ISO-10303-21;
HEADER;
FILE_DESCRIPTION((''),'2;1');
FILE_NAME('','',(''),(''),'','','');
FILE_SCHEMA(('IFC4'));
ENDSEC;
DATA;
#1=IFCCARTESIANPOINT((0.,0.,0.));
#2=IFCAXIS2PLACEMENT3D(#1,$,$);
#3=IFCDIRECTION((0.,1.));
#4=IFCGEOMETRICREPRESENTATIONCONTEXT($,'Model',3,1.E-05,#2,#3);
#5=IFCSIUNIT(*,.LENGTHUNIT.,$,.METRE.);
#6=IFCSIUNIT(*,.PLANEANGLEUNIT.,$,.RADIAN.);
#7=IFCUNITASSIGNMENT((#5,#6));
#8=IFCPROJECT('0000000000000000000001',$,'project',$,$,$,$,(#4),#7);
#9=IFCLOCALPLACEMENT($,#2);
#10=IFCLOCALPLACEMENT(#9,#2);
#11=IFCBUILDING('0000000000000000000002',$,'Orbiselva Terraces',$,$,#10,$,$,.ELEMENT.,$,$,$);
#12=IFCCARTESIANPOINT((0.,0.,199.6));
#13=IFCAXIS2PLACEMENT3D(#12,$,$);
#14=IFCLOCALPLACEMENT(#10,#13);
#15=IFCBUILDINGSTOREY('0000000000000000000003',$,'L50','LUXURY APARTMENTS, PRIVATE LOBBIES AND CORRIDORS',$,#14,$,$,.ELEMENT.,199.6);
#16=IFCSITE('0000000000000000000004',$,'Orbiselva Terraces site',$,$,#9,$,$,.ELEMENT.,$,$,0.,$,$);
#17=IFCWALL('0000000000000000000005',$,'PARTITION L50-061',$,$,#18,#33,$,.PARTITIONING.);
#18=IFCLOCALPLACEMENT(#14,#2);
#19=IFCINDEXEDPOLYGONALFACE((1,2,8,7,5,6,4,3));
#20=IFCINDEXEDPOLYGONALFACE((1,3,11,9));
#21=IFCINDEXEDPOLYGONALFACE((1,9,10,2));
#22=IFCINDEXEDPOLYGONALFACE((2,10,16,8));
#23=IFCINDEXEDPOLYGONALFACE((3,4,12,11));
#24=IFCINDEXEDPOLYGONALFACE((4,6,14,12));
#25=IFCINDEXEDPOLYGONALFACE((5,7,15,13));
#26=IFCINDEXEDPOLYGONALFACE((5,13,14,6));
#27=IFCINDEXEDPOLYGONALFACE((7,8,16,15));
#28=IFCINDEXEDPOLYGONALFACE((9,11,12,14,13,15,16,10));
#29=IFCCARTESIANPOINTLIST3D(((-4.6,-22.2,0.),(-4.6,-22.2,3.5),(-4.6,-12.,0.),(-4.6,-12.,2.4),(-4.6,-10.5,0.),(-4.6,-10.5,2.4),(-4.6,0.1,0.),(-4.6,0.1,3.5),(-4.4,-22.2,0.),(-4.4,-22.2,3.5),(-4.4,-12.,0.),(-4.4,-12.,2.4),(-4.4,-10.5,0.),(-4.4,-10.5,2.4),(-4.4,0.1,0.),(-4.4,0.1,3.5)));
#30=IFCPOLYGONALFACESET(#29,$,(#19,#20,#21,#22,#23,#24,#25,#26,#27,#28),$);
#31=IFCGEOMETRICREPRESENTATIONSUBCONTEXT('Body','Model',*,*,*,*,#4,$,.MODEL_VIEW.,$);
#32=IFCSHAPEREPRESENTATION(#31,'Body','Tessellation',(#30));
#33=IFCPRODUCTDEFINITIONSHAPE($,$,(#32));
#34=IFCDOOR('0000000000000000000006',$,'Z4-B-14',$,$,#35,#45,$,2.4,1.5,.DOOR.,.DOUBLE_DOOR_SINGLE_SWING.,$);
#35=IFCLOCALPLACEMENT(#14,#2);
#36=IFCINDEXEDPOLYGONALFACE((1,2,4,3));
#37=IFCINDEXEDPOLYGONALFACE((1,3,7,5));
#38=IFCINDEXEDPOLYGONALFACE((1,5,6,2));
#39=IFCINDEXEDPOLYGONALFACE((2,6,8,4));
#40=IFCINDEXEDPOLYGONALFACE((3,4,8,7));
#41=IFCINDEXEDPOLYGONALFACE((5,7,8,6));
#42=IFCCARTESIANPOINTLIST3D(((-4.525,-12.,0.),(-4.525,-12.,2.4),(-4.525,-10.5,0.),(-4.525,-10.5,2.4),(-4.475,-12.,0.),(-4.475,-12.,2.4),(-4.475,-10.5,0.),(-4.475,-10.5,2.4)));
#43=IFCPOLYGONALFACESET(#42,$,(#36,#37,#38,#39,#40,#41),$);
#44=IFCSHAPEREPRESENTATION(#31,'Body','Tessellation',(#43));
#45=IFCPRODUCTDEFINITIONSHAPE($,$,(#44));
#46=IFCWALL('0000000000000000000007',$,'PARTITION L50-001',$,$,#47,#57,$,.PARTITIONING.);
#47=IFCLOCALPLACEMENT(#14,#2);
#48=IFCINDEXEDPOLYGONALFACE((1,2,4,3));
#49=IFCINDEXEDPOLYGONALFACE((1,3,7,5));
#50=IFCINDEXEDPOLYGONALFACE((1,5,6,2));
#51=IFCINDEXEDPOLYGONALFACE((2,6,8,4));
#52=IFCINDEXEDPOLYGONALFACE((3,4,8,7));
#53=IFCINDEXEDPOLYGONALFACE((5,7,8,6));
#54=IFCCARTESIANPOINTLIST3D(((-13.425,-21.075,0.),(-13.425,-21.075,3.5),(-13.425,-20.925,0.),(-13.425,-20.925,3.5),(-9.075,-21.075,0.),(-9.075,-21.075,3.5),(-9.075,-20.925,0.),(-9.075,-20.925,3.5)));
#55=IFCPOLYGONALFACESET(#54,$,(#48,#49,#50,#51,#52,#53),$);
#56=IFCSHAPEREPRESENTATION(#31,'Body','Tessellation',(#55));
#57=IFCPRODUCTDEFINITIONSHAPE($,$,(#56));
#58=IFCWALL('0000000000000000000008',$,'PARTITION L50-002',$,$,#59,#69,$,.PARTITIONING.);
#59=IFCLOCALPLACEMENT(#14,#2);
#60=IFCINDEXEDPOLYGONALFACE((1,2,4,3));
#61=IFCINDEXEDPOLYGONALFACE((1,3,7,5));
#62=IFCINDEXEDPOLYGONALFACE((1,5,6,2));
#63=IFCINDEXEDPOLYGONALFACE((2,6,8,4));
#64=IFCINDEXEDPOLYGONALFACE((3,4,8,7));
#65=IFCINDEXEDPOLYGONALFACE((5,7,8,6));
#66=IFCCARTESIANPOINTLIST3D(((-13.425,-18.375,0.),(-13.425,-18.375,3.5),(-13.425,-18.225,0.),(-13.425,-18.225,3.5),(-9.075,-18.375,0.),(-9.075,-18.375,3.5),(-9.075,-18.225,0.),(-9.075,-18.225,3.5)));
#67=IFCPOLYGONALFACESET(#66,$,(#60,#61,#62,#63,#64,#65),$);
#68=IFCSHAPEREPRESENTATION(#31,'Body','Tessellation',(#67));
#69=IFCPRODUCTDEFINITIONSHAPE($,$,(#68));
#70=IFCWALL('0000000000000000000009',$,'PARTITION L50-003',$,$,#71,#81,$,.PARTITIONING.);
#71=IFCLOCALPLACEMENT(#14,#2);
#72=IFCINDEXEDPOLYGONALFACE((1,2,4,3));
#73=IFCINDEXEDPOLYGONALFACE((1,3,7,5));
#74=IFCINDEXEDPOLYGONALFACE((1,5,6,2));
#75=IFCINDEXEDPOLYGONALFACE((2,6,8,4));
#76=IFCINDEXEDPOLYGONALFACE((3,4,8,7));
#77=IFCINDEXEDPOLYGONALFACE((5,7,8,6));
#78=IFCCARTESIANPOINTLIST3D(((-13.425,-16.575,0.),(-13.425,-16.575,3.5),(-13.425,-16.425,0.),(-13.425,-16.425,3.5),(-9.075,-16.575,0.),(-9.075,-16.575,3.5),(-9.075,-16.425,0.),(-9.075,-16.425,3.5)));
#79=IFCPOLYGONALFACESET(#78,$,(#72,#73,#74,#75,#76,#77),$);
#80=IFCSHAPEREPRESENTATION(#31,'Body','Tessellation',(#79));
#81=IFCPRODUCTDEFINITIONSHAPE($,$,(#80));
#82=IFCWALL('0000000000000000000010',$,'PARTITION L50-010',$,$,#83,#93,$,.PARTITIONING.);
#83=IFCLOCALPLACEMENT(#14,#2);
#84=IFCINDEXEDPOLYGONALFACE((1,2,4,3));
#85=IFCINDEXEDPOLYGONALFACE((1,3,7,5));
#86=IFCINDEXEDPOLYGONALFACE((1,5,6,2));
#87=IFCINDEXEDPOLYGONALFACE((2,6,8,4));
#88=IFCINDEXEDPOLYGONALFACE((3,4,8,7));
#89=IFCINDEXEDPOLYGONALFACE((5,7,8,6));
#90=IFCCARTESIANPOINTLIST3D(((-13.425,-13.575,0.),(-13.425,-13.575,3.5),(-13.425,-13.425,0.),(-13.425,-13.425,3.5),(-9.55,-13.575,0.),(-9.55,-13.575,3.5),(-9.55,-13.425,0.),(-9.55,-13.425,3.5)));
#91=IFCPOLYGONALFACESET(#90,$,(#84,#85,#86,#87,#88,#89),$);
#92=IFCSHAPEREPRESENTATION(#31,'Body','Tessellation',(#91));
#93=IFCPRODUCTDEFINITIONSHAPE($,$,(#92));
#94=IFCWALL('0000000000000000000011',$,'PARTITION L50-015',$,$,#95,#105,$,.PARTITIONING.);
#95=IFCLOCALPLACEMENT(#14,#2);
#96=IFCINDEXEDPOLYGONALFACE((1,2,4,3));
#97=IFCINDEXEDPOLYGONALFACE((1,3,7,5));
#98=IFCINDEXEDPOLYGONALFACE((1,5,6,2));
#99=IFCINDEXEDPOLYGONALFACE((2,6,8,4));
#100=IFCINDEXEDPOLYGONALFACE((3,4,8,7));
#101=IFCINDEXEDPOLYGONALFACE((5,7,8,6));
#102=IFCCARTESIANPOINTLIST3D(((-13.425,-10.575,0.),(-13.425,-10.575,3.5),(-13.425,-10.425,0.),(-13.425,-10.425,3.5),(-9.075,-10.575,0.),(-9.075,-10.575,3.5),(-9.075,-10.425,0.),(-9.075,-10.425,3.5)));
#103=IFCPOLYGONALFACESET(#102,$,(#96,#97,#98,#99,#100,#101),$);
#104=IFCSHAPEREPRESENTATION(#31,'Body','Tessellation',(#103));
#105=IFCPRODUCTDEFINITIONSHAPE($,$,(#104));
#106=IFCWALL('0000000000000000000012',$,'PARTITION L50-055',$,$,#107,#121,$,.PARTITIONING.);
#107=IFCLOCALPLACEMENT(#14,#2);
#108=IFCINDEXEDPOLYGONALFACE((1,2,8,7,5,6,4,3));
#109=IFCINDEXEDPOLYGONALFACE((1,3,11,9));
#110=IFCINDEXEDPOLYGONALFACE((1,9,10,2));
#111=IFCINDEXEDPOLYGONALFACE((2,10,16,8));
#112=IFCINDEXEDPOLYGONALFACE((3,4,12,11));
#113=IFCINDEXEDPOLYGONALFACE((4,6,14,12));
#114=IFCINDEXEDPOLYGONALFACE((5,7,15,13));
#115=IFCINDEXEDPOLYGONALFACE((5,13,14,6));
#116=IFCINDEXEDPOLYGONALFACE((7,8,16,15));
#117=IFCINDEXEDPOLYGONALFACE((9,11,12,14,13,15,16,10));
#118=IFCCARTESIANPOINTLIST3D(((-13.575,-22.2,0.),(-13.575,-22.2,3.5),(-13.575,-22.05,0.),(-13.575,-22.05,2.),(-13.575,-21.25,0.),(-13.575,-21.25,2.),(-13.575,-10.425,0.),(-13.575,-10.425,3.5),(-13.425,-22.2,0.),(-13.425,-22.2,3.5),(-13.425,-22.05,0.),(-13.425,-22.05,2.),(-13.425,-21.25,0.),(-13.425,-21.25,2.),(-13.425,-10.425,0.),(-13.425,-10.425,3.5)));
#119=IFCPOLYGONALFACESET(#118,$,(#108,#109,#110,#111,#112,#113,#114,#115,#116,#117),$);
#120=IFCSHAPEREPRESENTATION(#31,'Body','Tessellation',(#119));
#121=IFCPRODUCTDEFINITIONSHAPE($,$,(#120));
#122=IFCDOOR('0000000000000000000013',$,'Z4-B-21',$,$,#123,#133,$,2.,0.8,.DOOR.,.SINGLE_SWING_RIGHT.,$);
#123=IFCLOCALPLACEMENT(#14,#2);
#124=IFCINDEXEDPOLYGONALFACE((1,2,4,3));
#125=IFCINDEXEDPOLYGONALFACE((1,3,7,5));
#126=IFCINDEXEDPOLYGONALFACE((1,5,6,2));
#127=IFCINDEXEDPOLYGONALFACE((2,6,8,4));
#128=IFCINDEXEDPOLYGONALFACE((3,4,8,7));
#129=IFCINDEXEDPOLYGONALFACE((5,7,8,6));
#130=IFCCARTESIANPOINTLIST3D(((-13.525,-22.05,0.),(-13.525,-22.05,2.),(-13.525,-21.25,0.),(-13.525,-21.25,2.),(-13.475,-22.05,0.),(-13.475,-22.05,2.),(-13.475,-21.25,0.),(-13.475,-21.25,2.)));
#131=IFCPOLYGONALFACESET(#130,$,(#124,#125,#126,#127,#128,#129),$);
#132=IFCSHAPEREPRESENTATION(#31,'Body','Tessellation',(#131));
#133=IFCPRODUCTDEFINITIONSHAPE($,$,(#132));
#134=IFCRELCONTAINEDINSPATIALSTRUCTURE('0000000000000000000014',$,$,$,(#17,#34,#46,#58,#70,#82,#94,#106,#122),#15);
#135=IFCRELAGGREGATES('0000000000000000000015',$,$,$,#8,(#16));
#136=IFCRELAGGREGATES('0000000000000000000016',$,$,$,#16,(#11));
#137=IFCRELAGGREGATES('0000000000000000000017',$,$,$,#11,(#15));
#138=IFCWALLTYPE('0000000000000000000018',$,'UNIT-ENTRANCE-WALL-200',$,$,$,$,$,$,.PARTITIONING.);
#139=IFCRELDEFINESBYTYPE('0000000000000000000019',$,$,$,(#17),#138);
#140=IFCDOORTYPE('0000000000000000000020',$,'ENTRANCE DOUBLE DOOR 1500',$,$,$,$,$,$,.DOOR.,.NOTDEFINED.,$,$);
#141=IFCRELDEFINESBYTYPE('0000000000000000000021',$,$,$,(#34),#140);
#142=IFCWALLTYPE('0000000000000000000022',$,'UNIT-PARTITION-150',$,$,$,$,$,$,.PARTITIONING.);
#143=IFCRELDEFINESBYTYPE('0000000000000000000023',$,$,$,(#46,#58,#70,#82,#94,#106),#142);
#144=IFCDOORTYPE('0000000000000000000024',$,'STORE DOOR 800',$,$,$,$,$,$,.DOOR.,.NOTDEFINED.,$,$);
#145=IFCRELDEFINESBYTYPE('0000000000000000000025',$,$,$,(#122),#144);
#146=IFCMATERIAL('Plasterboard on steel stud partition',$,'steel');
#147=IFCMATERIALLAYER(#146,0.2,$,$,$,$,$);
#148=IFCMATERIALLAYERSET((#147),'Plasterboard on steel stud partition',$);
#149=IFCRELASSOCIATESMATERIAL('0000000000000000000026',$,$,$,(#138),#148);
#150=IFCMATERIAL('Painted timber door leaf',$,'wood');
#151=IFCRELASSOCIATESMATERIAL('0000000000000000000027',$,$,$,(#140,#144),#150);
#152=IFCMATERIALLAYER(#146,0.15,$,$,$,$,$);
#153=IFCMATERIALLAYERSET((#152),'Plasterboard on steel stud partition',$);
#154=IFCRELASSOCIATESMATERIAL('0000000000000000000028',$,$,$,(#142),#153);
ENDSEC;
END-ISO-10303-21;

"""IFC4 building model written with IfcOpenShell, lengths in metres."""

from ifc_helpers import new_model, si_unit, direction, frame, frame_2d, origin, place, context, subcontext, project, spatial, rectangle, extrude, material, layer, layer_set, type_object, element, fill, save


model = new_model("IFC4")

# Units and contexts
model_context = context("Model", 3, precision=1e-05, world=origin(), true_north=direction((0.0, 1.0)))
body_context = subcontext(model_context, "Body", "Model", "MODEL_VIEW")
ifc_project = project(units=[si_unit("LENGTHUNIT", "METRE"), si_unit("PLANEANGLEUNIT", "RADIAN")], contexts=[model_context])

# Site, building, storey
site_placement = place(None, origin())
site = spatial("IfcSite", under=ifc_project, at=site_placement, Name="Orbiselva Terraces site", CompositionType="ELEMENT", RefElevation=0.0)
building_placement = place(site_placement, origin())
building = spatial("IfcBuilding", under=site, at=building_placement, Name="Orbiselva Terraces", CompositionType="ELEMENT")
storey_placement = place(building_placement, frame((0.0, 0.0, 199.6)))
storey = spatial("IfcBuildingStorey", under=building, at=storey_placement, Name="L50", Description="LUXURY APARTMENTS, PRIVATE LOBBIES AND CORRIDORS", CompositionType="ELEMENT", Elevation=199.6)

# Wall, opening, door
ifc_material_1 = material(Name="Plasterboard on steel stud partition", Category="steel")
ifc_layer_1 = layer(ifc_material_1, 0.2)
ifc_layer_set_1 = layer_set([ifc_layer_1], Name="Plasterboard on steel stud partition")
wall_type_1 = type_object("IfcWallType", Name="UNIT-ENTRANCE-WALL-200", PredefinedType="PARTITIONING", material=ifc_layer_set_1)
wall_1_placement = place(storey_placement, frame((-4.5, -22.2, 0.0), z_axis=(0.0, 0.0, 1.0), x_axis=(0.0, 1.0, 0.0)))
wall_1 = element("IfcWall", 1, at=wall_1_placement, inside=storey, type_object=wall_type_1, Name="PARTITION L50-061", PredefinedType="PARTITIONING", context=body_context, shape_type="SweptSolid", body=[
    extrude(rectangle(XDim=22.3, YDim=0.2, at=frame_2d((11.15, 0.0))), origin(), (0.0, 0.0, 1.0), 3.5),
])
opening_1_placement = place(wall_1_placement, frame((10.2, 0.0, 0.0)))
opening_1 = element("IfcOpeningElement", 2, at=opening_1_placement, cuts=wall_1, PredefinedType="OPENING", context=body_context, shape_type="SweptSolid", body=[
    extrude(rectangle(XDim=1.5, YDim=2.4, at=frame_2d((0.75, 1.2))), frame((0.0, 0.11, 0.0), z_axis=(0.0, -1.0, 0.0), x_axis=(1.0, 0.0, 0.0)), (0.0, 0.0, 1.0), 0.22),
])
ifc_material_2 = material(Name="Painted timber door leaf", Category="wood")
door_type_1 = type_object("IfcDoorType", Name="ENTRANCE DOUBLE DOOR 1500", OperationType="NOTDEFINED", PredefinedType="DOOR", material=ifc_material_2)
door_1_placement = place(opening_1_placement, origin())
door_1 = element("IfcDoor", 3, at=door_1_placement, inside=storey, type_object=door_type_1, Name="Z4-B-14", OperationType="DOUBLE_DOOR_SINGLE_SWING", OverallHeight=2.4, OverallWidth=1.5, PredefinedType="DOOR", context=body_context, shape_type="SweptSolid", body=[
    extrude(rectangle(XDim=1.5, YDim=2.4, at=frame_2d((0.75, 1.2))), frame((0.0, 0.025, 0.0), z_axis=(0.0, -1.0, 0.0), x_axis=(1.0, 0.0, 0.0)), (0.0, 0.0, 1.0), 0.05),
])
fill(opening_1, door_1)

# Walls
ifc_layer_2 = layer(ifc_material_1, 0.15)
ifc_layer_set_2 = layer_set([ifc_layer_2], Name="Plasterboard on steel stud partition")
wall_type_2 = type_object("IfcWallType", Name="UNIT-PARTITION-150", PredefinedType="PARTITIONING", material=ifc_layer_set_2)
for number, where, z_axis, x_axis, name in (
    (4, (-13.425, -21.0, 0.0), (0.0, 0.0, 1.0), (1.0, 0.0, 0.0), "PARTITION L50-001"),
    (5, (-13.425, -18.3, 0.0), (0.0, 0.0, 1.0), (1.0, 0.0, 0.0), "PARTITION L50-002"),
    (6, (-13.425, -16.5, 0.0), (0.0, 0.0, 1.0), (1.0, 0.0, 0.0), "PARTITION L50-003"),
):
    element("IfcWall", number, at=place(storey_placement, frame(where, z_axis=z_axis, x_axis=x_axis)), inside=storey, type_object=wall_type_2, Name=name, PredefinedType="PARTITIONING", context=body_context, shape_type="SweptSolid", body=[
        extrude(rectangle(XDim=4.35, YDim=0.15, at=frame_2d((2.175, 0.0))), origin(), (0.0, 0.0, 1.0), 3.5),
    ])
wall_2_placement = place(storey_placement, frame((-13.425, -13.5, 0.0), z_axis=(0.0, 0.0, 1.0), x_axis=(1.0, 0.0, 0.0)))
element("IfcWall", 7, at=wall_2_placement, inside=storey, type_object=wall_type_2, Name="PARTITION L50-010", PredefinedType="PARTITIONING", context=body_context, shape_type="SweptSolid", body=[
    extrude(rectangle(XDim=3.875, YDim=0.15, at=frame_2d((1.9375, 0.0))), origin(), (0.0, 0.0, 1.0), 3.5),
])
wall_3_placement = place(storey_placement, frame((-13.425, -10.5, 0.0), z_axis=(0.0, 0.0, 1.0), x_axis=(1.0, 0.0, 0.0)))
element("IfcWall", 8, at=wall_3_placement, inside=storey, type_object=wall_type_2, Name="PARTITION L50-015", PredefinedType="PARTITIONING", context=body_context, shape_type="SweptSolid", body=[
    extrude(rectangle(XDim=4.35, YDim=0.15, at=frame_2d((2.175, 0.0))), origin(), (0.0, 0.0, 1.0), 3.5),
])

# Wall, opening, door
wall_4_placement = place(storey_placement, frame((-13.5, -10.425, 0.0), z_axis=(0.0, 0.0, 1.0), x_axis=(0.0, -1.0, 0.0)))
wall_4 = element("IfcWall", 9, at=wall_4_placement, inside=storey, type_object=wall_type_2, Name="PARTITION L50-055", PredefinedType="PARTITIONING", context=body_context, shape_type="SweptSolid", body=[
    extrude(rectangle(XDim=11.775, YDim=0.15, at=frame_2d((5.8875, 0.0))), origin(), (0.0, 0.0, 1.0), 3.5),
])
opening_2_placement = place(wall_4_placement, frame((10.825, 0.0, 0.0)))
opening_2 = element("IfcOpeningElement", 10, at=opening_2_placement, cuts=wall_4, PredefinedType="OPENING", context=body_context, shape_type="SweptSolid", body=[
    extrude(rectangle(XDim=0.8, YDim=2.0, at=frame_2d((0.4, 1.0))), frame((0.0, 0.085, 0.0), z_axis=(0.0, -1.0, 0.0), x_axis=(1.0, 0.0, 0.0)), (0.0, 0.0, 1.0), 0.17),
])
door_type_2 = type_object("IfcDoorType", Name="STORE DOOR 800", OperationType="NOTDEFINED", PredefinedType="DOOR", material=ifc_material_2)
door_2_placement = place(opening_2_placement, origin())
door_2 = element("IfcDoor", 11, at=door_2_placement, inside=storey, type_object=door_type_2, Name="Z4-B-21", OperationType="SINGLE_SWING_RIGHT", OverallHeight=2.0, OverallWidth=0.8, PredefinedType="DOOR", context=body_context, shape_type="SweptSolid", body=[
    extrude(rectangle(XDim=0.8, YDim=2.0, at=frame_2d((0.4, 1.0))), frame((0.0, 0.025, 0.0), z_axis=(0.0, -1.0, 0.0), x_axis=(1.0, 0.0, 0.0)), (0.0, 0.0, 1.0), 0.05),
])
fill(opening_2, door_2)

save(model, "model.ifc")
